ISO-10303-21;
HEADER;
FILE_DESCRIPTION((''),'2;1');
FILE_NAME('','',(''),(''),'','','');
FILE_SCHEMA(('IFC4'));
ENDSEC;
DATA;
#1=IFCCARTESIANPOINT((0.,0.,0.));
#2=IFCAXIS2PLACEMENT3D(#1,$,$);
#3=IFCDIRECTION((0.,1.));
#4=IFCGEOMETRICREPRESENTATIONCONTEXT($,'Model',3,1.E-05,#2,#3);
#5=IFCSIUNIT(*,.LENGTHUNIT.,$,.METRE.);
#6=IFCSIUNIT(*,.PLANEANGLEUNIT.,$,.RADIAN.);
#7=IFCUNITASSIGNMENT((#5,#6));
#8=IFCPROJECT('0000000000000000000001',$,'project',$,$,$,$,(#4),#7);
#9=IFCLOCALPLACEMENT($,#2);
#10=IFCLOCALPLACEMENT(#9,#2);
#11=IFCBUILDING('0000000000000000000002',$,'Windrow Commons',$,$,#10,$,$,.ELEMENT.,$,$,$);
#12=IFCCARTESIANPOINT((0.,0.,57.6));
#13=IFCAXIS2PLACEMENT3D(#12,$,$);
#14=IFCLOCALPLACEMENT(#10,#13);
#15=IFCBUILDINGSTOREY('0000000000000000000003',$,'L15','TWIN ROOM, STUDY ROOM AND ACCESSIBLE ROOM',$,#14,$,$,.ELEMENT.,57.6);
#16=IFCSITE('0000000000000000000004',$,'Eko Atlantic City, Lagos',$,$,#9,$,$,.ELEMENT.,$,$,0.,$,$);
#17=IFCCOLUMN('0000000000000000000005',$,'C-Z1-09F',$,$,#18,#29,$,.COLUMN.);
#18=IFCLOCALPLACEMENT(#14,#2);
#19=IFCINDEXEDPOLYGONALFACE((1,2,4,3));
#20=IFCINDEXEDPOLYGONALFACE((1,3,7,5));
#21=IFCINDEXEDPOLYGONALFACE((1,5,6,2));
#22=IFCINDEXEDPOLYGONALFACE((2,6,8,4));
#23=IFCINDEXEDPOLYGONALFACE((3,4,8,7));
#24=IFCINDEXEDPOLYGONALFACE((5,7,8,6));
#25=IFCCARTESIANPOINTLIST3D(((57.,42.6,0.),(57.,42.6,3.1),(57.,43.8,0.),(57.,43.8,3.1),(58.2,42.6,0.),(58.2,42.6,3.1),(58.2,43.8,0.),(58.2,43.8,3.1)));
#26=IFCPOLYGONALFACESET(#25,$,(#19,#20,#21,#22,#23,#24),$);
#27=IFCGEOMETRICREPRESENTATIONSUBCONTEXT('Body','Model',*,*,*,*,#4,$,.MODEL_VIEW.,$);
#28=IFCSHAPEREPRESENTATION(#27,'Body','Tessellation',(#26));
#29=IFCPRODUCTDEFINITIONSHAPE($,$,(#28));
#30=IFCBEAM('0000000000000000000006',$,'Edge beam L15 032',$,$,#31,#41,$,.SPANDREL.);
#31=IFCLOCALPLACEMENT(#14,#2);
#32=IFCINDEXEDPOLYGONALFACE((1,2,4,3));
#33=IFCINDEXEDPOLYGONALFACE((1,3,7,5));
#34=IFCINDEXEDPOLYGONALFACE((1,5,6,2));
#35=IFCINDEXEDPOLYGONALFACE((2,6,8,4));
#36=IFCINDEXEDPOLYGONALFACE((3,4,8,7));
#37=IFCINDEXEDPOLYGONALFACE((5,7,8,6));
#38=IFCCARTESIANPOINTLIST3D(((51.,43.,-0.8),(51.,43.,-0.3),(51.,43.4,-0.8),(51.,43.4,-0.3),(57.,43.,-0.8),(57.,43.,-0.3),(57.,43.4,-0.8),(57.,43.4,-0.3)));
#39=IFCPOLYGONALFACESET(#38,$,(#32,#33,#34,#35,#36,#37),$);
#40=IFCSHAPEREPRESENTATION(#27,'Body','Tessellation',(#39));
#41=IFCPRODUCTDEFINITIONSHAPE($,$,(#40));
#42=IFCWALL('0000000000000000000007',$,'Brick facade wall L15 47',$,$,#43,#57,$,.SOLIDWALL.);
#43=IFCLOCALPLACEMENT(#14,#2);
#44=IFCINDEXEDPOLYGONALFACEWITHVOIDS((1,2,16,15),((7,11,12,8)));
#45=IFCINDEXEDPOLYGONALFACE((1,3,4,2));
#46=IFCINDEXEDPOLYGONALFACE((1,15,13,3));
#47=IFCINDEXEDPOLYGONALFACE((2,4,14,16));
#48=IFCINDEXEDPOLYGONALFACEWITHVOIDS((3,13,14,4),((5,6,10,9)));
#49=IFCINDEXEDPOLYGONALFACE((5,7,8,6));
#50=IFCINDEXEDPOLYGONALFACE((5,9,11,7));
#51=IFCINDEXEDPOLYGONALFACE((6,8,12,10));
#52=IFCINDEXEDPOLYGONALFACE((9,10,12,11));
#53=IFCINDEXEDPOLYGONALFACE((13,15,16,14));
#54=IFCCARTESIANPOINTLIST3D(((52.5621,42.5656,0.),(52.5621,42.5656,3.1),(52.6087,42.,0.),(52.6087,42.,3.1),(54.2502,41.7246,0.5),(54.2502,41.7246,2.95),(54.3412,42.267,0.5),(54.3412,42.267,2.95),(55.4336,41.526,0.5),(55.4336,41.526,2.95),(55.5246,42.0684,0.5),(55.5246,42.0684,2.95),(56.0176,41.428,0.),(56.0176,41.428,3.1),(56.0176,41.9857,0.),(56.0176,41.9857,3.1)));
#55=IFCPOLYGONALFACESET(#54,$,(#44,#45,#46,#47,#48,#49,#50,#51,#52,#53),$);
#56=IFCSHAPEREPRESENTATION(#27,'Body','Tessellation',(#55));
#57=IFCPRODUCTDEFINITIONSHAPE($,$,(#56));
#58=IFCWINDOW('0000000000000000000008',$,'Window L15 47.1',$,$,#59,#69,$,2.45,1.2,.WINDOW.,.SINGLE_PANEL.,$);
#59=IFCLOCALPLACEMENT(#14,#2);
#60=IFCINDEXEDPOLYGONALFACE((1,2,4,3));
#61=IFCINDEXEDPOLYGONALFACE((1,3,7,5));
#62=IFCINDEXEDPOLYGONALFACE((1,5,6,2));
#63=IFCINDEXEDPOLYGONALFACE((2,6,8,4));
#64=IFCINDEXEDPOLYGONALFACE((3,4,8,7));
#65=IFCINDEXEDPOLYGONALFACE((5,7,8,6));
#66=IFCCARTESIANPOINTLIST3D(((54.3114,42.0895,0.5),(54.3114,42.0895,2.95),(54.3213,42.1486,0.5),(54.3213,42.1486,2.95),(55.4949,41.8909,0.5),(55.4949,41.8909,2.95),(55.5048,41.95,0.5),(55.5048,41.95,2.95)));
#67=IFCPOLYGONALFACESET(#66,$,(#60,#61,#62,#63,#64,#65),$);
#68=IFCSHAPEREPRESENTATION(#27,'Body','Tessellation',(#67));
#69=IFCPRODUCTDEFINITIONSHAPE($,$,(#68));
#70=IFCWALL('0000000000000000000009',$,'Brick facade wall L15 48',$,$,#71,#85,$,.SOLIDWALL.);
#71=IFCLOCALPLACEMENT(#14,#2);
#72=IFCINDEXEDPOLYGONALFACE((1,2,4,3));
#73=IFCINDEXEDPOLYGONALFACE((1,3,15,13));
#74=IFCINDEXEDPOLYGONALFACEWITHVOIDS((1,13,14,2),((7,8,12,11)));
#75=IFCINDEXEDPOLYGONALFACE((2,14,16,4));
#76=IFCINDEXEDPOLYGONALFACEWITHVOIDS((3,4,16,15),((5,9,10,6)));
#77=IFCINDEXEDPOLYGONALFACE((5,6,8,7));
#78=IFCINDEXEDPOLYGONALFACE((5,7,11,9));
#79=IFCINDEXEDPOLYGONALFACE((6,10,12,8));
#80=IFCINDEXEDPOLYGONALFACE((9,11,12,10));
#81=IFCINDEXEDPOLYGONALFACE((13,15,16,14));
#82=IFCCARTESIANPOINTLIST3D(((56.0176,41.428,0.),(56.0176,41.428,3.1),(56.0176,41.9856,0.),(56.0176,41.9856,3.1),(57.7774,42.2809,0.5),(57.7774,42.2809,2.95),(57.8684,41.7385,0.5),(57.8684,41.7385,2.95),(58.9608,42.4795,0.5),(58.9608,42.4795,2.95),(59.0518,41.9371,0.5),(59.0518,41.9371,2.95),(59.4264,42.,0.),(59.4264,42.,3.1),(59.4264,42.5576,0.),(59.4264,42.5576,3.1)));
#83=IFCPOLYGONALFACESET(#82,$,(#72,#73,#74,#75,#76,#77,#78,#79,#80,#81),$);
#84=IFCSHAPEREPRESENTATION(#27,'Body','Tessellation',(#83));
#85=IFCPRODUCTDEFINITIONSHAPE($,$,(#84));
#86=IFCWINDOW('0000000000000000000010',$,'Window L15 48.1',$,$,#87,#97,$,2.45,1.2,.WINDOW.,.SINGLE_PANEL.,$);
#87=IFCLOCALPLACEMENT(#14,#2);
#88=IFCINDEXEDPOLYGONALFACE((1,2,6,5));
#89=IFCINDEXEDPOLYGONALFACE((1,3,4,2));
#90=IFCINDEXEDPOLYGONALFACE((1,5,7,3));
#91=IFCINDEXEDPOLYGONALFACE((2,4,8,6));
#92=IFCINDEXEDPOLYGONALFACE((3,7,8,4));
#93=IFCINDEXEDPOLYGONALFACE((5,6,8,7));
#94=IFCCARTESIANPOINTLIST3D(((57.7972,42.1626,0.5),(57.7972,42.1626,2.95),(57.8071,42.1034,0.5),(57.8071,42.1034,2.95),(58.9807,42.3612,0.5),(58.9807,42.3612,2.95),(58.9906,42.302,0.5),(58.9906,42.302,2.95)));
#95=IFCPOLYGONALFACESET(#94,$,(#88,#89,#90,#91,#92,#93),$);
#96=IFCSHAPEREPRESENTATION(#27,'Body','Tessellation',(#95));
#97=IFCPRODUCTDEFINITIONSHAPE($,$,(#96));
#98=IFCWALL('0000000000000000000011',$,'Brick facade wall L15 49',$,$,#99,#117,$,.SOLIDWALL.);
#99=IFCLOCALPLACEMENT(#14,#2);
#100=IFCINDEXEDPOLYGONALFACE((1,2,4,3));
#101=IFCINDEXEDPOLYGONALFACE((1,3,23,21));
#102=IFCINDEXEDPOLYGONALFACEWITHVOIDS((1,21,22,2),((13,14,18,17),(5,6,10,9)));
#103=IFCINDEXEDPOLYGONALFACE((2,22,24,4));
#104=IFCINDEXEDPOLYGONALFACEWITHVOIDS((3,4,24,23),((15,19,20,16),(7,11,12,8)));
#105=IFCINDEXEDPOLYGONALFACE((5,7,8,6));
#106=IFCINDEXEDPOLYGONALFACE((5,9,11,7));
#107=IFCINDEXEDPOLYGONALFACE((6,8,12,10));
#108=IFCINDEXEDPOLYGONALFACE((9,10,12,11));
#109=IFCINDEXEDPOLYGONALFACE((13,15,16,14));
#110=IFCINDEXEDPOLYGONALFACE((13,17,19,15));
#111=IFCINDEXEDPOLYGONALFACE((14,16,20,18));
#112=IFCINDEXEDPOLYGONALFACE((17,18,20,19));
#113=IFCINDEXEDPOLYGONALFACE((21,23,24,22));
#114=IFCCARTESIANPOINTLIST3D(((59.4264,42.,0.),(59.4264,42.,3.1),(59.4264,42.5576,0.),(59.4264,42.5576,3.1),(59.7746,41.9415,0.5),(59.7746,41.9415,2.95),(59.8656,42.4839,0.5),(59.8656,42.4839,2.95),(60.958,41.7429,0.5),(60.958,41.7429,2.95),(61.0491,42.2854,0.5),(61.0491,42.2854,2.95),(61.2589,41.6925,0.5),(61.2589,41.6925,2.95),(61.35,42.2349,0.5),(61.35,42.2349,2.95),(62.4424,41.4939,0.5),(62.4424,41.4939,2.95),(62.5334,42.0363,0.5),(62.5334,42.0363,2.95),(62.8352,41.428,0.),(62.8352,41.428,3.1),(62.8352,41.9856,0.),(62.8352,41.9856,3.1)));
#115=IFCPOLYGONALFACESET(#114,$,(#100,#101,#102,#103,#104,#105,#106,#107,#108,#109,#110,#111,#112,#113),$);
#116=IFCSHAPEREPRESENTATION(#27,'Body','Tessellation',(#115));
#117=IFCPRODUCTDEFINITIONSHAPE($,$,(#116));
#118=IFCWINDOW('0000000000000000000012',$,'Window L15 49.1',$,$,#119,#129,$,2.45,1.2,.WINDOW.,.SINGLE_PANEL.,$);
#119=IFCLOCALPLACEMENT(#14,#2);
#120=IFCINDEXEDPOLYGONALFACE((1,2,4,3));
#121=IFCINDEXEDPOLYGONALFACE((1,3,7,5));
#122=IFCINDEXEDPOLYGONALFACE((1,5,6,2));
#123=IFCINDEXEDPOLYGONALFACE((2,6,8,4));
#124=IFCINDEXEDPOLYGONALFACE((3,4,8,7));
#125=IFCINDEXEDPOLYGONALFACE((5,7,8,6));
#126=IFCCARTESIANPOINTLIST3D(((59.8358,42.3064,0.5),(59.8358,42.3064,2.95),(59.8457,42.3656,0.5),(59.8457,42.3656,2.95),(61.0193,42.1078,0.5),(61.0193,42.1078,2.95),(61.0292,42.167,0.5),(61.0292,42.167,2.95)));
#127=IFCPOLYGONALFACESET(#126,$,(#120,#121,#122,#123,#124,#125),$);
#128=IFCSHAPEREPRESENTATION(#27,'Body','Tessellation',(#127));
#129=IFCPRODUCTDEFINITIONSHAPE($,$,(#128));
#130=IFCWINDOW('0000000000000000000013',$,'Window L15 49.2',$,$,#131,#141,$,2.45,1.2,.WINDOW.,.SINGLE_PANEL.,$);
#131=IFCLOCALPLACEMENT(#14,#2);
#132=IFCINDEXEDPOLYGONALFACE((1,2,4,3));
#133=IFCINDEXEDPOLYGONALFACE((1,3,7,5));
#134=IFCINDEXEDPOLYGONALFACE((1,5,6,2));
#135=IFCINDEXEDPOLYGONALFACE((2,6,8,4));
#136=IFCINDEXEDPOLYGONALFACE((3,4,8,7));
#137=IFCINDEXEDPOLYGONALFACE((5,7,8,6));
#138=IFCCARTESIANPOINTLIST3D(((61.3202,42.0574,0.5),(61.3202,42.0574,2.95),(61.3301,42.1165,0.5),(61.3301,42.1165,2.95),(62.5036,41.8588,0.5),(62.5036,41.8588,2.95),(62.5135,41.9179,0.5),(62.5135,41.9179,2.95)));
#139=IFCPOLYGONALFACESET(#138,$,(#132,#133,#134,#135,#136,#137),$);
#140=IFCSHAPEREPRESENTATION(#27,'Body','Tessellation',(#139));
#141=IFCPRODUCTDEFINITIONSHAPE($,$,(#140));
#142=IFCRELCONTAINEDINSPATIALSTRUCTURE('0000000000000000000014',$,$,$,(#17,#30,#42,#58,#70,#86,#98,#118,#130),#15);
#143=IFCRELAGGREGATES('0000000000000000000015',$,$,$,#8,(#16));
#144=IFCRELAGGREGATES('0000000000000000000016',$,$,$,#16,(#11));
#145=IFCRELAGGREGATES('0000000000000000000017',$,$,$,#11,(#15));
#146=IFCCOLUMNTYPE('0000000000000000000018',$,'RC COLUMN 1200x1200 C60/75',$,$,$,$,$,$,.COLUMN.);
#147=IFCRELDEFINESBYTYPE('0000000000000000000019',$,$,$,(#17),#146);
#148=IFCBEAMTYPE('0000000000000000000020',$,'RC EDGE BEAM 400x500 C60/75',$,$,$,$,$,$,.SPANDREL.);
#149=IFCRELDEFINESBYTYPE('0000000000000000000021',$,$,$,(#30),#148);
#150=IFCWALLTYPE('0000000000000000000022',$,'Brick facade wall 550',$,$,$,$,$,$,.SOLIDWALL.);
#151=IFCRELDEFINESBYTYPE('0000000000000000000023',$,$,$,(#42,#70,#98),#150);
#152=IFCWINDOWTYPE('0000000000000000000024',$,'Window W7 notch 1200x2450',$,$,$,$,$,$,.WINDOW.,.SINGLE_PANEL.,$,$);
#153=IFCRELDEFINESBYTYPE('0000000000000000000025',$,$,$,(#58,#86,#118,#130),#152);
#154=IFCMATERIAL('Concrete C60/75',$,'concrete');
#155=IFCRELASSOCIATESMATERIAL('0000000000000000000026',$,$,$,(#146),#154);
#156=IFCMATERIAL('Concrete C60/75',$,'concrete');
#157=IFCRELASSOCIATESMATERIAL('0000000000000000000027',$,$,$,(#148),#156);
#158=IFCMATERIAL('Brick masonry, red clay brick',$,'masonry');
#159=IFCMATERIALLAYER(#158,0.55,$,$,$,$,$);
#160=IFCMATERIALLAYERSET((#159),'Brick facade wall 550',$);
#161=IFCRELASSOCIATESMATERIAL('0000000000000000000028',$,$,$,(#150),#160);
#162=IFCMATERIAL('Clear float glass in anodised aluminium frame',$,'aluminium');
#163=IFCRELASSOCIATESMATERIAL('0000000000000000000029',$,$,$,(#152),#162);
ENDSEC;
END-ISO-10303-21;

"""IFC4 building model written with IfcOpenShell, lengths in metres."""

from ifc_helpers import new_model, si_unit, direction, frame, frame_2d, origin, origin_2d, place, context, subcontext, project, spatial, polyline, rectangle, outline, extrude, material, layer, layer_set, material_profile, profile_set, type_object, element, fill, save


model = new_model("IFC4")

# Units and contexts
model_context = context("Model", 3, precision=1e-05, world=origin(), true_north=direction((0.0, 1.0)))
body_context = subcontext(model_context, "Body", "Model", "MODEL_VIEW")
ifc_project = project(units=[si_unit("LENGTHUNIT", "METRE"), si_unit("PLANEANGLEUNIT", "RADIAN")], contexts=[model_context])

# Site, building, storey
site_placement = place(None, origin())
site = spatial("IfcSite", under=ifc_project, at=site_placement, Name="Eko Atlantic City, Lagos", CompositionType="ELEMENT", RefElevation=0.0)
building_placement = place(site_placement, origin())
building = spatial("IfcBuilding", under=site, at=building_placement, Name="Windrow Commons", CompositionType="ELEMENT")
storey_placement = place(building_placement, frame((0.0, 0.0, 57.6)))
storey = spatial("IfcBuildingStorey", under=building, at=storey_placement, Name="L15", Description="TWIN ROOM, STUDY ROOM AND ACCESSIBLE ROOM", CompositionType="ELEMENT", Elevation=57.6)

# Column
ifc_material_1 = material(Name="Concrete C60/75", Category="concrete")
ifc_material_profile_1 = material_profile(ifc_material_1, rectangle(XDim=1.2, YDim=1.2, at=origin_2d()))
ifc_profile_set_1 = profile_set([ifc_material_profile_1], Name="Concrete C60/75")
column_type = type_object("IfcColumnType", Name="RC COLUMN 1200x1200 C60/75", PredefinedType="COLUMN", material=ifc_profile_set_1)
column_placement = place(storey_placement, frame((57.6, 43.2, 0.0), z_axis=(0.0, 0.0, 1.0), x_axis=(1.0, 0.0, 0.0)))
element("IfcColumn", 1, at=column_placement, inside=storey, type_object=column_type, Name="C-Z1-09F", PredefinedType="COLUMN", context=body_context, shape_type="SweptSolid", body=[
    extrude(rectangle(XDim=1.2, YDim=1.2, at=origin_2d()), origin(), (0.0, 0.0, 1.0), 3.1),
])

# Beam
ifc_material_2 = material(Name="Concrete C60/75", Category="concrete")
ifc_material_profile_2 = material_profile(ifc_material_2, rectangle(XDim=0.4, YDim=0.5, at=origin_2d()))
ifc_profile_set_2 = profile_set([ifc_material_profile_2], Name="Concrete C60/75")
beam_type = type_object("IfcBeamType", Name="RC EDGE BEAM 400x500 C60/75", PredefinedType="SPANDREL", material=ifc_profile_set_2)
beam_placement = place(storey_placement, frame((57.0, 43.2, -0.55), z_axis=(-1.0, 0.0, 0.0), x_axis=(0.0, -1.0, 0.0)))
element("IfcBeam", 2, at=beam_placement, inside=storey, type_object=beam_type, Name="Edge beam L15 032", PredefinedType="SPANDREL", context=body_context, shape_type="SweptSolid", body=[
    extrude(rectangle(XDim=0.4, YDim=0.5, at=origin_2d()), origin(), (0.0, 0.0, 1.0), 6.0),
])

# Walls, openings, windows
ifc_material_3 = material(Name="Brick masonry, red clay brick", Category="masonry")
ifc_layer_1 = layer(ifc_material_3, 0.55)
ifc_layer_set_1 = layer_set([ifc_layer_1], Name="Brick facade wall 550")
wall_type_1 = type_object("IfcWallType", Name="Brick facade wall 550", PredefinedType="SOLIDWALL", material=ifc_layer_set_1)
wall_1_placement = place(storey_placement, frame((52.5854, 42.2828, 0.0), z_axis=(0.0, 0.0, 1.0), x_axis=(0.986208, -0.165508, 0.0)))
wall_1 = element("IfcWall", 3, at=wall_1_placement, inside=storey, type_object=wall_type_1, Name="Brick facade wall L15 47", PredefinedType="SOLIDWALL", context=body_context, shape_type="SweptSolid", body=[
    extrude(outline(polyline([(0.0698, -0.275), (3.5263, -0.275), (3.434, 0.275), (-0.0698, 0.275), (0.0698, -0.275)])), origin(), (0.0, 0.0, 1.0), 3.1),
])
opening_1_placement = place(wall_1_placement, frame((1.7342, 0.0, 0.5)))
opening_1 = element("IfcOpeningElement", 4, at=opening_1_placement, cuts=wall_1, PredefinedType="OPENING", context=body_context, shape_type="SweptSolid", body=[
    extrude(rectangle(XDim=1.2, YDim=2.45, at=frame_2d((0.6, 1.225))), frame((0.0, 0.285, 0.0), z_axis=(0.0, -1.0, 0.0), x_axis=(1.0, 0.0, 0.0)), (0.0, 0.0, 1.0), 0.57),
])
ifc_material_4 = material(Name="Clear float glass in anodised aluminium frame", Category="aluminium")
window_type = type_object("IfcWindowType", Name="Window W7 notch 1200x2450", PartitioningType="SINGLE_PANEL", PredefinedType="WINDOW", material=ifc_material_4)
window_1_placement = place(opening_1_placement, origin())
window_1 = element("IfcWindow", 5, at=window_1_placement, inside=storey, type_object=window_type, Name="Window L15 47.1", OverallHeight=2.45, OverallWidth=1.2, PartitioningType="SINGLE_PANEL", PredefinedType="WINDOW", context=body_context, shape_type="SweptSolid", body=[
    extrude(rectangle(XDim=1.2, YDim=2.45, at=frame_2d((0.6, 1.225))), frame((0.0, 0.155, 0.0), z_axis=(0.0, -1.0, 0.0), x_axis=(1.0, 0.0, 0.0)), (0.0, 0.0, 1.0), 0.06),
])
fill(opening_1, window_1)
wall_2_placement = place(storey_placement, frame((56.0176, 41.7068, 0.0), z_axis=(0.0, 0.0, 1.0), x_axis=(0.986212, 0.165487, 0.0)))
wall_2 = element("IfcWall", 6, at=wall_2_placement, inside=storey, type_object=wall_type_1, Name="Brick facade wall L15 48", PredefinedType="SOLIDWALL", context=body_context, shape_type="SweptSolid", body=[
    extrude(outline(polyline([(-0.0461, -0.275), (3.4103, -0.275), (3.5026, 0.275), (0.0461, 0.275), (-0.0461, -0.275)])), origin(), (0.0, 0.0, 1.0), 3.1),
])
opening_2_placement = place(wall_2_placement, frame((1.8305, 0.0, 0.5)))
opening_2 = element("IfcOpeningElement", 7, at=opening_2_placement, cuts=wall_2, PredefinedType="OPENING", context=body_context, shape_type="SweptSolid", body=[
    extrude(rectangle(XDim=1.2, YDim=2.45, at=frame_2d((0.6, 1.225))), frame((0.0, 0.285, 0.0), z_axis=(0.0, -1.0, 0.0), x_axis=(1.0, 0.0, 0.0)), (0.0, 0.0, 1.0), 0.57),
])
window_2_placement = place(opening_2_placement, origin())
window_2 = element("IfcWindow", 8, at=window_2_placement, inside=storey, type_object=window_type, Name="Window L15 48.1", OverallHeight=2.45, OverallWidth=1.2, PartitioningType="SINGLE_PANEL", PredefinedType="WINDOW", context=body_context, shape_type="SweptSolid", body=[
    extrude(rectangle(XDim=1.2, YDim=2.45, at=frame_2d((0.6, 1.225))), frame((0.0, 0.155, 0.0), z_axis=(0.0, -1.0, 0.0), x_axis=(1.0, 0.0, 0.0)), (0.0, 0.0, 1.0), 0.06),
])
fill(opening_2, window_2)

# Wall, openings, windows
wall_3_placement = place(storey_placement, frame((59.4264, 42.2788, 0.0), z_axis=(0.0, 0.0, 1.0), x_axis=(0.986212, -0.165487, 0.0)))
wall_3 = element("IfcWall", 9, at=wall_3_placement, inside=storey, type_object=wall_type_1, Name="Brick facade wall L15 49", PredefinedType="SOLIDWALL", context=body_context, shape_type="SweptSolid", body=[
    extrude(outline(polyline([(0.0461, -0.275), (3.5026, -0.275), (3.4103, 0.275), (-0.0461, 0.275), (0.0461, -0.275)])), origin(), (0.0, 0.0, 1.0), 3.1),
])
opening_3_placement = place(wall_3_placement, frame((0.3992, 0.0, 0.5)))
opening_3 = element("IfcOpeningElement", 10, at=opening_3_placement, cuts=wall_3, PredefinedType="OPENING", context=body_context, shape_type="SweptSolid", body=[
    extrude(rectangle(XDim=1.2, YDim=2.45, at=frame_2d((0.6, 1.225))), frame((0.0, 0.285, 0.0), z_axis=(0.0, -1.0, 0.0), x_axis=(1.0, 0.0, 0.0)), (0.0, 0.0, 1.0), 0.57),
])
opening_4_placement = place(wall_3_placement, frame((1.9043, 0.0, 0.5)))
opening_4 = element("IfcOpeningElement", 11, at=opening_4_placement, cuts=wall_3, PredefinedType="OPENING", context=body_context, shape_type="SweptSolid", body=[
    extrude(rectangle(XDim=1.2, YDim=2.45, at=frame_2d((0.6, 1.225))), frame((0.0, 0.285, 0.0), z_axis=(0.0, -1.0, 0.0), x_axis=(1.0, 0.0, 0.0)), (0.0, 0.0, 1.0), 0.57),
])
window_3_placement = place(opening_3_placement, origin())
window_3 = element("IfcWindow", 12, at=window_3_placement, inside=storey, type_object=window_type, Name="Window L15 49.1", OverallHeight=2.45, OverallWidth=1.2, PartitioningType="SINGLE_PANEL", PredefinedType="WINDOW", context=body_context, shape_type="SweptSolid", body=[
    extrude(rectangle(XDim=1.2, YDim=2.45, at=frame_2d((0.6, 1.225))), frame((0.0, 0.155, 0.0), z_axis=(0.0, -1.0, 0.0), x_axis=(1.0, 0.0, 0.0)), (0.0, 0.0, 1.0), 0.06),
])
fill(opening_3, window_3)
window_4_placement = place(opening_4_placement, origin())
window_4 = element("IfcWindow", 13, at=window_4_placement, inside=storey, type_object=window_type, Name="Window L15 49.2", OverallHeight=2.45, OverallWidth=1.2, PartitioningType="SINGLE_PANEL", PredefinedType="WINDOW", context=body_context, shape_type="SweptSolid", body=[
    extrude(rectangle(XDim=1.2, YDim=2.45, at=frame_2d((0.6, 1.225))), frame((0.0, 0.155, 0.0), z_axis=(0.0, -1.0, 0.0), x_axis=(1.0, 0.0, 0.0)), (0.0, 0.0, 1.0), 0.06),
])
fill(opening_4, window_4)

save(model, "model.ifc")
